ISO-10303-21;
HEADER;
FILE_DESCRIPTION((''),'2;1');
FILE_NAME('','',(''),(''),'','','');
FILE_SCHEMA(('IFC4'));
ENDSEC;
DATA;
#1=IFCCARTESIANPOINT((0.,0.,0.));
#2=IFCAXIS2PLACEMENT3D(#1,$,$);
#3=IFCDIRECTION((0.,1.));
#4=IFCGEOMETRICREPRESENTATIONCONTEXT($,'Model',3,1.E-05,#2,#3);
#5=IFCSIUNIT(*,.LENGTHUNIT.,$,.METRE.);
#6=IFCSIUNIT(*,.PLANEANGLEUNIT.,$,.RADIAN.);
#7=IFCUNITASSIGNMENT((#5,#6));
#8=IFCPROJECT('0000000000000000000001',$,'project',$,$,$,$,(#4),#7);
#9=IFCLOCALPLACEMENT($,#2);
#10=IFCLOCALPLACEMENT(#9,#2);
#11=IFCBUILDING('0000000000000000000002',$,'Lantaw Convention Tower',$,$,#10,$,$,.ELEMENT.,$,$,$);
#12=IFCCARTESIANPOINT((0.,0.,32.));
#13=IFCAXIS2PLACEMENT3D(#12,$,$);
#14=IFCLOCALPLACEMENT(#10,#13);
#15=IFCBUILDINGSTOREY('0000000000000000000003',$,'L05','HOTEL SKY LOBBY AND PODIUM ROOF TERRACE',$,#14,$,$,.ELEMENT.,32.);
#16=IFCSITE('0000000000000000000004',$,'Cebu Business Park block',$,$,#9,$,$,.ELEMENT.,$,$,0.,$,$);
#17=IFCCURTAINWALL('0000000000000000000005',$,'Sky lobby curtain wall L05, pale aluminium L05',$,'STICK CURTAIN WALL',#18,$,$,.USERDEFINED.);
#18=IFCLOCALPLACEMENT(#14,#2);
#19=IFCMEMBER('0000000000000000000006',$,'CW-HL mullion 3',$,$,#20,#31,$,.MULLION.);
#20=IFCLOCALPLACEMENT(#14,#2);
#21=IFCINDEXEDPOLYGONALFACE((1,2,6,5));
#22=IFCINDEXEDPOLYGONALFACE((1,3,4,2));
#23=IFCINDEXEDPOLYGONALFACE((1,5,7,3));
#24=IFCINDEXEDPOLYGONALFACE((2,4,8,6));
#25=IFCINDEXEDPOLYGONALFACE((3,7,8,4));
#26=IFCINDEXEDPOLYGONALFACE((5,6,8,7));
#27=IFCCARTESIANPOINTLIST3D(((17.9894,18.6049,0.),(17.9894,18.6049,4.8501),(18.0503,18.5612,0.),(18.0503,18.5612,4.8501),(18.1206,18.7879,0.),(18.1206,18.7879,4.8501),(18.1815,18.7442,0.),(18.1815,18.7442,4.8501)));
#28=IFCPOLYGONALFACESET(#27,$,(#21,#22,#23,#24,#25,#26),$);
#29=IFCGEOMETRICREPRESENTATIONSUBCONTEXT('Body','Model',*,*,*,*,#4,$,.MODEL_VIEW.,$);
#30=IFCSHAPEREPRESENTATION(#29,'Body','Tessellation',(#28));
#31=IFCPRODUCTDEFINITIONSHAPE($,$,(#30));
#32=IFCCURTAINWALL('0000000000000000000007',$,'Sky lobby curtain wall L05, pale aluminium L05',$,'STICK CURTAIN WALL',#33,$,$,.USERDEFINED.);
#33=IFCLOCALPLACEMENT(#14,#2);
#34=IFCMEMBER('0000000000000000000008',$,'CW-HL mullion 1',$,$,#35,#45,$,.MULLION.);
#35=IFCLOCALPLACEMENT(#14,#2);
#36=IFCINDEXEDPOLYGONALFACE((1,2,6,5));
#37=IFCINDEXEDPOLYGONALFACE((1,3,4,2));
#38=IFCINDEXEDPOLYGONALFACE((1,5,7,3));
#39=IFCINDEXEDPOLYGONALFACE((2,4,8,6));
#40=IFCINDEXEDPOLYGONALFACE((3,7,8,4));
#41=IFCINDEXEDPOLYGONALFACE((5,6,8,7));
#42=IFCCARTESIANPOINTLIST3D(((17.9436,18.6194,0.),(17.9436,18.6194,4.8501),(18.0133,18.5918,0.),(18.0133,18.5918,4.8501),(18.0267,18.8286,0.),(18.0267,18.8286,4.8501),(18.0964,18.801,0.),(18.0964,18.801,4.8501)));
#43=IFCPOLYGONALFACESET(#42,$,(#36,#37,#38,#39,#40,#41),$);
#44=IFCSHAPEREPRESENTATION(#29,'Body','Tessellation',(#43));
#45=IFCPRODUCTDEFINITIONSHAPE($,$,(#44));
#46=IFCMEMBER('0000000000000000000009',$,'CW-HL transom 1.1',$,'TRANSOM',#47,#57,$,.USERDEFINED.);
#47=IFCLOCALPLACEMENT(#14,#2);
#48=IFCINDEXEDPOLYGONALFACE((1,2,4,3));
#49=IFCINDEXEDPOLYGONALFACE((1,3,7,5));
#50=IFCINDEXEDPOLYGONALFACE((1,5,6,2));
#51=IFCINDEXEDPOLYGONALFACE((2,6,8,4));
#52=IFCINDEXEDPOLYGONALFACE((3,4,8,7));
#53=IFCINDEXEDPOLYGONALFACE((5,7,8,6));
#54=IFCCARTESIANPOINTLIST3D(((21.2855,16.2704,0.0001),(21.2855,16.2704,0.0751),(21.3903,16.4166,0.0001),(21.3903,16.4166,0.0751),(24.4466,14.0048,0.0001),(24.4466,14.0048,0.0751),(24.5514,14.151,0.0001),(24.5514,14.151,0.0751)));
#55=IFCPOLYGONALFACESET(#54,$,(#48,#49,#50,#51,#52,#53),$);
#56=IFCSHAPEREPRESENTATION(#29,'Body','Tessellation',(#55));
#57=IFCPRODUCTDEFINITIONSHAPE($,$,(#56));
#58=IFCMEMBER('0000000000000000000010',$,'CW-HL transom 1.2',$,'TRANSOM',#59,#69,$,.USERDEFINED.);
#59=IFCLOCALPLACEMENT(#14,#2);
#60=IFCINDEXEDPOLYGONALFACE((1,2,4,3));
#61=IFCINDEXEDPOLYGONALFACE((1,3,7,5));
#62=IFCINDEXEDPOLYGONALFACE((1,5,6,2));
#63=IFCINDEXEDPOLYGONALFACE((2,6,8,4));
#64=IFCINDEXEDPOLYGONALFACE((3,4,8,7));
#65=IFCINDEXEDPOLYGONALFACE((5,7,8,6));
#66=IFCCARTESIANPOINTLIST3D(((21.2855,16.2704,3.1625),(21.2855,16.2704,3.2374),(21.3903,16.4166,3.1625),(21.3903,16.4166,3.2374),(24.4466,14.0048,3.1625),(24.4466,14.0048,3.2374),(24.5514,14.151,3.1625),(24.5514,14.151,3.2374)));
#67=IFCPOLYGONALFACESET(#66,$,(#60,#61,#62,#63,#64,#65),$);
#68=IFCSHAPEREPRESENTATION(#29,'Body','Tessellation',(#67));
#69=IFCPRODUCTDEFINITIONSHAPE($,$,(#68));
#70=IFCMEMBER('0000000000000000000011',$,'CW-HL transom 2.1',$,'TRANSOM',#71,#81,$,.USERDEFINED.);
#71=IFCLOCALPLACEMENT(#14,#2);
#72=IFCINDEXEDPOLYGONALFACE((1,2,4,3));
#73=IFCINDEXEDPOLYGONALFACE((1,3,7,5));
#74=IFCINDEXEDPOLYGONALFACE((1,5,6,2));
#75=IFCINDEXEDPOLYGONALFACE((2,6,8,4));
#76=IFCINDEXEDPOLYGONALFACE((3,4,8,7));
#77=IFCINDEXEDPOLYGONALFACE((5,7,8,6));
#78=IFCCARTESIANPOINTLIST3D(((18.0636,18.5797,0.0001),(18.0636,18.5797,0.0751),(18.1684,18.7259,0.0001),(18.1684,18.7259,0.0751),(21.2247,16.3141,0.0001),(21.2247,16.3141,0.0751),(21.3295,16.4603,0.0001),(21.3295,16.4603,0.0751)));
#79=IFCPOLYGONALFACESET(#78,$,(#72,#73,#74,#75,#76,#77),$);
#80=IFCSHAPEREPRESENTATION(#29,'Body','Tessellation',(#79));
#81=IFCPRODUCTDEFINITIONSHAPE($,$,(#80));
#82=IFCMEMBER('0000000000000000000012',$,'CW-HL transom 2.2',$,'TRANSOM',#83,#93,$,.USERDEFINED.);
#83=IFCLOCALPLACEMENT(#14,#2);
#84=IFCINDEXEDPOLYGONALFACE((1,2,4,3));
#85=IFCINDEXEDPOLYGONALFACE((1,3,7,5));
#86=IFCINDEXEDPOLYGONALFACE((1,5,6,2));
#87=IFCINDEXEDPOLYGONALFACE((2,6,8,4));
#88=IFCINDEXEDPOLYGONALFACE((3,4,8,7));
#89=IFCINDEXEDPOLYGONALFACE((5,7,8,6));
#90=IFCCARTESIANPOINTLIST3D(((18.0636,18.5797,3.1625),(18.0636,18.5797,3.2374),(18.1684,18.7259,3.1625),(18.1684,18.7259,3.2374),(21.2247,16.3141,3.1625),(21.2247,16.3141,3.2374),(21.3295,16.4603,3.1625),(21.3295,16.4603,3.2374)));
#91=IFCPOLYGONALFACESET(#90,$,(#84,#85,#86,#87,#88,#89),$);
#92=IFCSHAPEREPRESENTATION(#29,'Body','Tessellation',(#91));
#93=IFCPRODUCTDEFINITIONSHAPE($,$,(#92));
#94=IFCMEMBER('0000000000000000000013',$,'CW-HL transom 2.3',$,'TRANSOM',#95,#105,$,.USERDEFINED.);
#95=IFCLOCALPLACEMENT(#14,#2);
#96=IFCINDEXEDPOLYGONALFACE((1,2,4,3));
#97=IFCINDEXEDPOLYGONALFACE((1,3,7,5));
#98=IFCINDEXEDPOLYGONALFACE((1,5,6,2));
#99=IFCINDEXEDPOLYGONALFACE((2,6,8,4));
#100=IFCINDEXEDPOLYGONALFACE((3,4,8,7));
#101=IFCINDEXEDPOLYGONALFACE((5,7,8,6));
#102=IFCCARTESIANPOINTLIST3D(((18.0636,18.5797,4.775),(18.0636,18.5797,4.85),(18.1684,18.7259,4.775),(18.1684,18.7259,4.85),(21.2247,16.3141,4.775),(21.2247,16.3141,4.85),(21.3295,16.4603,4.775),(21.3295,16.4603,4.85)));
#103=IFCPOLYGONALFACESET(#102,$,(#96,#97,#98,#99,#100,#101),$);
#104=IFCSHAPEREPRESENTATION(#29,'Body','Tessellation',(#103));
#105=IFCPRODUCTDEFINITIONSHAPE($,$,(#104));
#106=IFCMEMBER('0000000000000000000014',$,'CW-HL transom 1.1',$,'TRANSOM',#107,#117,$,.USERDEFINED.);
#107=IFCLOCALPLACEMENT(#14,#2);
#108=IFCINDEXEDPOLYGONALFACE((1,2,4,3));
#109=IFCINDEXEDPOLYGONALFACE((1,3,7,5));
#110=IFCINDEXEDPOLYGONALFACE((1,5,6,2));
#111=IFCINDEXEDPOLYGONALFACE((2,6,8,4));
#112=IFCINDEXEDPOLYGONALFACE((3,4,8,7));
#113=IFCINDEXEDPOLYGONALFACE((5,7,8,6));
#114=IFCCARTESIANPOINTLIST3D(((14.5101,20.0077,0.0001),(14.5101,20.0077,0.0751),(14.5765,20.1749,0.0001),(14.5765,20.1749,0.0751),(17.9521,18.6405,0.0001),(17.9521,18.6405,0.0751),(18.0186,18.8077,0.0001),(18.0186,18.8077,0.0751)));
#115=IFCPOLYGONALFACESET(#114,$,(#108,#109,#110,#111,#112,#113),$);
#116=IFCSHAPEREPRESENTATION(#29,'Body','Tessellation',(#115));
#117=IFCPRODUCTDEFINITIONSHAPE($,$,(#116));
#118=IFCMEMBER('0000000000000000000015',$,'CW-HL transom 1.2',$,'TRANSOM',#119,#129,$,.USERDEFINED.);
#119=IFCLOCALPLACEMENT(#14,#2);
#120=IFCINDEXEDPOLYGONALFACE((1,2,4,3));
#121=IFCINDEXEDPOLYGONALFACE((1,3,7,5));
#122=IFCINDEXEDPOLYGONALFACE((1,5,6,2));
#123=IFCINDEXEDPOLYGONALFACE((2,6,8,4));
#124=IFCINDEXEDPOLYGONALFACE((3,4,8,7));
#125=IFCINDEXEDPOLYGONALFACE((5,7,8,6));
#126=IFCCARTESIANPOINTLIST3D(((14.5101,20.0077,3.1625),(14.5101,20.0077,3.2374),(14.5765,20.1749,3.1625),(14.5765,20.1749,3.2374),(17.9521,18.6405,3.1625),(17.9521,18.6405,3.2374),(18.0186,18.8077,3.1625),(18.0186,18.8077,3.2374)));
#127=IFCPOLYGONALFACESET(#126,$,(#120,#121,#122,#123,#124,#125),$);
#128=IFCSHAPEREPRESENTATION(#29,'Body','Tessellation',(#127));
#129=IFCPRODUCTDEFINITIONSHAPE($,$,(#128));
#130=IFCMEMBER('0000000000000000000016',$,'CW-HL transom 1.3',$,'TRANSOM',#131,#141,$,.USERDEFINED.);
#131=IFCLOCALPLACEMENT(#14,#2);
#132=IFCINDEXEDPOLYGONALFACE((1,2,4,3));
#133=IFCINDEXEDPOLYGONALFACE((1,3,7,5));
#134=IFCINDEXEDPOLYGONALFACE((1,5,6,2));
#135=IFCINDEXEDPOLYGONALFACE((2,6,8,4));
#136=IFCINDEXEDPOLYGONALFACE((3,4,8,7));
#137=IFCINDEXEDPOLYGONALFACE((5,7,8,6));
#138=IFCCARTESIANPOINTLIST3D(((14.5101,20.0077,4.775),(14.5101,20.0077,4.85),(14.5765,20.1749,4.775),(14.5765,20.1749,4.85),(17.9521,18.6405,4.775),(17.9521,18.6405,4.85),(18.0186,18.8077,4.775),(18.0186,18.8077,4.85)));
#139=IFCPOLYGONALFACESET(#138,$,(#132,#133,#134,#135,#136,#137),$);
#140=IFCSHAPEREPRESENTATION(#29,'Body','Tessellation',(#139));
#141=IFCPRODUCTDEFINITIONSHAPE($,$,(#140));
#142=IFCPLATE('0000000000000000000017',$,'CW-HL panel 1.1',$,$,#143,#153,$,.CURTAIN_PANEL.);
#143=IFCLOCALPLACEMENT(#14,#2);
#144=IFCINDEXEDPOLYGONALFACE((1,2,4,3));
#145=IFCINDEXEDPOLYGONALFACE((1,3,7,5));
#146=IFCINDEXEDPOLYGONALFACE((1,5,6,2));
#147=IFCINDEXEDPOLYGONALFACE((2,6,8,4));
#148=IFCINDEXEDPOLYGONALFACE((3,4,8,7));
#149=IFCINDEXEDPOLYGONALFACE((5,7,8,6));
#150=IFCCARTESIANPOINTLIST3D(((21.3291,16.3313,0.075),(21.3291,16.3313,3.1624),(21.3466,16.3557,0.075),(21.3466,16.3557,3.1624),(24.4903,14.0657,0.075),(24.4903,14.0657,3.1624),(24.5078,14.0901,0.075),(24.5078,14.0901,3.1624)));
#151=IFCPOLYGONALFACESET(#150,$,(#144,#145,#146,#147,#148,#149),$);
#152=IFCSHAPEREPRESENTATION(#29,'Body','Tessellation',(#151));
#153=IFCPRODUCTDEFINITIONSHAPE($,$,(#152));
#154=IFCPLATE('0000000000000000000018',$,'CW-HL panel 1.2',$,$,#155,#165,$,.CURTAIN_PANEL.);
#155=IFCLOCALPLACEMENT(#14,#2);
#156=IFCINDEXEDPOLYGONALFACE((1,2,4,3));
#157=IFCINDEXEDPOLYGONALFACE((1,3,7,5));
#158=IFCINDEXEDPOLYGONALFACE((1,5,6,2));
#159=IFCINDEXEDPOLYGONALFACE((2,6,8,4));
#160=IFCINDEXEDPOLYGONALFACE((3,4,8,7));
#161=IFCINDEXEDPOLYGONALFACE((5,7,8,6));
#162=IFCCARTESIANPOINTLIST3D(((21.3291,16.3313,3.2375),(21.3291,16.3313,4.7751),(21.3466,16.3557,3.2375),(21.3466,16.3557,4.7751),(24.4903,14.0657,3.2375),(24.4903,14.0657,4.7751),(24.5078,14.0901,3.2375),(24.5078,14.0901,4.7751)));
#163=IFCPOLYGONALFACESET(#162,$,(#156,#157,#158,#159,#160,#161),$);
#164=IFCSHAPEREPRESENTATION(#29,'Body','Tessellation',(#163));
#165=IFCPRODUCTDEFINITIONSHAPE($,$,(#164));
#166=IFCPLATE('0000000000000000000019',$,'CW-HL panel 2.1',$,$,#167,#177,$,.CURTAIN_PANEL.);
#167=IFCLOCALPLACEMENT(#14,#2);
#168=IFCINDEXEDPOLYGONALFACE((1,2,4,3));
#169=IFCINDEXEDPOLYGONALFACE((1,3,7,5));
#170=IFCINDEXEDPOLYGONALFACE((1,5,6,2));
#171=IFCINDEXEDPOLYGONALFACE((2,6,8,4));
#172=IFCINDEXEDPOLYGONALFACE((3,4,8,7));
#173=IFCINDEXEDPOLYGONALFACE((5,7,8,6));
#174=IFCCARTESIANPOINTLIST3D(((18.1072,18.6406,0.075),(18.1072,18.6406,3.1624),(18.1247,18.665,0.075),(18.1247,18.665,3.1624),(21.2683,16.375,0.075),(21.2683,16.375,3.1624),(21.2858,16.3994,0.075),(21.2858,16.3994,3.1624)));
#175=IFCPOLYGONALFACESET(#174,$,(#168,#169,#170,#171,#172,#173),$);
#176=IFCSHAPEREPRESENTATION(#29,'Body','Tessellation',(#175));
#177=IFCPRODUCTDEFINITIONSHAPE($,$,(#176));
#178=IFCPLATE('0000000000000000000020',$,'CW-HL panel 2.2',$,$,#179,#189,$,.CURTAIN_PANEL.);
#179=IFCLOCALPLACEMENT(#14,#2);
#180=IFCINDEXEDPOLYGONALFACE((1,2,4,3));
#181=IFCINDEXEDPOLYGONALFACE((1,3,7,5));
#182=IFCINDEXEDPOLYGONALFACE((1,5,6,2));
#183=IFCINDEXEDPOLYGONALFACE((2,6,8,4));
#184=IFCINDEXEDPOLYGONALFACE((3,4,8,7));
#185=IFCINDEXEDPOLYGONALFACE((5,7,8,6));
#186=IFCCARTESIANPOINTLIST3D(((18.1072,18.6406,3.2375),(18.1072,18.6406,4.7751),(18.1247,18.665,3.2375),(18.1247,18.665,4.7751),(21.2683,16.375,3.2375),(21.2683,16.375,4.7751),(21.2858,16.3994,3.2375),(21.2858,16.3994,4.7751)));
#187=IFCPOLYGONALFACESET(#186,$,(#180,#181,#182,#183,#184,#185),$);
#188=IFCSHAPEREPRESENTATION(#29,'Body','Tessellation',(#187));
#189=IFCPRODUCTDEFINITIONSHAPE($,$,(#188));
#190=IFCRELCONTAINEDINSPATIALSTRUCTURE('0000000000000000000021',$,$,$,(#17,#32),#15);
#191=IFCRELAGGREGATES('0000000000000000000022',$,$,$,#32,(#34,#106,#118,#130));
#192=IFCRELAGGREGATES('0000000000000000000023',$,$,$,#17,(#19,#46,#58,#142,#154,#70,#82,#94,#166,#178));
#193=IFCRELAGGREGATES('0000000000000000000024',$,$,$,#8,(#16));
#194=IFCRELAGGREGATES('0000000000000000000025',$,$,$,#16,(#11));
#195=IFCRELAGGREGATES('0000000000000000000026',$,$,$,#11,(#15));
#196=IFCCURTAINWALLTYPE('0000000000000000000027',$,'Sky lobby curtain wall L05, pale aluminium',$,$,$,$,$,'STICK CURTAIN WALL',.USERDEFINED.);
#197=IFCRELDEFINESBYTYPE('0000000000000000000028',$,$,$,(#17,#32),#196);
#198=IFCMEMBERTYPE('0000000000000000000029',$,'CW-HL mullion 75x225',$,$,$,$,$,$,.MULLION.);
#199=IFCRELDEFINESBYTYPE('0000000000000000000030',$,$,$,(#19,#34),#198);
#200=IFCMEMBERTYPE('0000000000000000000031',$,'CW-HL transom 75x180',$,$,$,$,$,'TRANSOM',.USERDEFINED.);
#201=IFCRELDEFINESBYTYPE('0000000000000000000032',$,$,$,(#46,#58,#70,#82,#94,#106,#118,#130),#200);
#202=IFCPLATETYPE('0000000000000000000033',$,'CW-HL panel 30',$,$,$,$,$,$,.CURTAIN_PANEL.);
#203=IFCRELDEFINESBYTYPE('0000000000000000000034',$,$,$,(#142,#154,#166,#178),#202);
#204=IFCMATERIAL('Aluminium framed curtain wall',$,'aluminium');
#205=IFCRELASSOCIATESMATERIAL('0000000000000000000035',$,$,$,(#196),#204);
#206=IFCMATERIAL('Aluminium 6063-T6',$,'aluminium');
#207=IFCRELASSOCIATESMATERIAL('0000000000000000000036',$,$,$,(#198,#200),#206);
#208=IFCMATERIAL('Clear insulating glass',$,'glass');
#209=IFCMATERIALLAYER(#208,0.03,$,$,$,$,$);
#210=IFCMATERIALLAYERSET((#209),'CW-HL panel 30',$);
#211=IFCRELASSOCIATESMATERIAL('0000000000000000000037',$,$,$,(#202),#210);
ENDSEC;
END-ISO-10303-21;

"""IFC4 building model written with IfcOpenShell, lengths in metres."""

from ifc_helpers import new_model, si_unit, direction, frame, origin, origin_2d, place, context, subcontext, project, spatial, rectangle, extrude, material, layer, layer_set, material_profile, profile_set, type_object, element, aggregate, save


model = new_model("IFC4")

# Units and contexts
model_context = context("Model", 3, precision=1e-05, world=origin(), true_north=direction((0.0, 1.0)))
body_context = subcontext(model_context, "Body", "Model", "MODEL_VIEW")
ifc_project = project(units=[si_unit("LENGTHUNIT", "METRE"), si_unit("PLANEANGLEUNIT", "RADIAN")], contexts=[model_context])

# Site, building, storey
site_placement = place(None, origin())
site = spatial("IfcSite", under=ifc_project, at=site_placement, Name="Cebu Business Park block", CompositionType="ELEMENT", RefElevation=0.0)
building_placement = place(site_placement, origin())
building = spatial("IfcBuilding", under=site, at=building_placement, Name="Lantaw Convention Tower", CompositionType="ELEMENT")
storey_placement = place(building_placement, frame((0.0, 0.0, 32.0)))
storey = spatial("IfcBuildingStorey", under=building, at=storey_placement, Name="L05", Description="HOTEL SKY LOBBY AND PODIUM ROOF TERRACE", CompositionType="ELEMENT", Elevation=32.0)

# Curtain wall, member
ifc_material_1 = material(Name="Aluminium framed curtain wall", Category="aluminium")
curtain_wall_type = type_object("IfcCurtainWallType", Name="Sky lobby curtain wall L05, pale aluminium", ElementType="STICK CURTAIN WALL", PredefinedType="USERDEFINED", material=ifc_material_1)
curtain_wall_1_placement = place(storey_placement, origin())
curtain_wall_1 = element("IfcCurtainWall", 1, at=curtain_wall_1_placement, inside=storey, type_object=curtain_wall_type, Name="Sky lobby curtain wall L05, pale aluminium L05", ObjectType="STICK CURTAIN WALL", PredefinedType="USERDEFINED")
ifc_material_2 = material(Name="Aluminium 6063-T6", Category="aluminium")
ifc_material_profile_1 = material_profile(ifc_material_2, rectangle(XDim=0.2251, YDim=0.075, at=origin_2d()), Name="CW-HL mullion 75x225")
ifc_profile_set_1 = profile_set([ifc_material_profile_1], Name="Aluminium 6063-T6")
member_type_1 = type_object("IfcMemberType", Name="CW-HL mullion 75x225", PredefinedType="MULLION", material=ifc_profile_set_1)
member_1_placement = place(storey_placement, frame((18.0854, 18.6746, 0.0), z_axis=(0.0, 0.0, 1.0), x_axis=(-0.582538, -0.812804, 0.0)))
member_1 = element("IfcMember", 2, at=member_1_placement, type_object=member_type_1, Name="CW-HL mullion 3", PredefinedType="MULLION", context=body_context, shape_type="SweptSolid", body=[
    extrude(rectangle(XDim=0.2251, YDim=0.075, at=origin_2d()), origin(), (0.0, 0.0, 1.0), 4.8501),
])

# Curtain wall, member
curtain_wall_2_placement = place(storey_placement, origin())
curtain_wall_2 = element("IfcCurtainWall", 3, at=curtain_wall_2_placement, inside=storey, type_object=curtain_wall_type, Name="Sky lobby curtain wall L05, pale aluminium L05", ObjectType="STICK CURTAIN WALL", PredefinedType="USERDEFINED")
member_2_placement = place(storey_placement, frame((18.02, 18.7102, 0.0), z_axis=(0.0, 0.0, 1.0), x_axis=(-0.369172, -0.929361, 0.0)))
member_2 = element("IfcMember", 4, at=member_2_placement, type_object=member_type_1, Name="CW-HL mullion 1", PredefinedType="MULLION", context=body_context, shape_type="SweptSolid", body=[
    extrude(rectangle(XDim=0.2251, YDim=0.075, at=origin_2d()), origin(), (0.0, 0.0, 1.0), 4.8501),
])

# Members
ifc_material_profile_2 = material_profile(ifc_material_2, rectangle(XDim=0.1799, YDim=0.075, at=origin_2d()), Name="CW-HL transom 75x180")
ifc_profile_set_2 = profile_set([ifc_material_profile_2], Name="Aluminium 6063-T6")
member_type_2 = type_object("IfcMemberType", Name="CW-HL transom 75x180", ElementType="TRANSOM", PredefinedType="USERDEFINED", material=ifc_profile_set_2)
member_3_placement = place(storey_placement, frame((24.499, 14.0779, 0.0376), z_axis=(-0.812799, 0.582544, 0.0), x_axis=(-0.582544, -0.812799, 0.0)))
member_3 = element("IfcMember", 5, at=member_3_placement, type_object=member_type_2, Name="CW-HL transom 1.1", ObjectType="TRANSOM", PredefinedType="USERDEFINED", context=body_context, shape_type="SweptSolid", body=[
    extrude(rectangle(XDim=0.1799, YDim=0.075, at=origin_2d()), origin(), (0.0, 0.0, 1.0), 3.8892),
])
member_4_placement = place(storey_placement, frame((24.499, 14.0779, 3.2), z_axis=(-0.812799, 0.582544, 0.0), x_axis=(-0.582544, -0.812799, 0.0)))
member_4 = element("IfcMember", 6, at=member_4_placement, type_object=member_type_2, Name="CW-HL transom 1.2", ObjectType="TRANSOM", PredefinedType="USERDEFINED", context=body_context, shape_type="SweptSolid", body=[
    extrude(rectangle(XDim=0.1799, YDim=0.075, at=origin_2d()), origin(), (0.0, 0.0, 1.0), 3.8892),
])
member_5_placement = place(storey_placement, frame((21.2771, 16.3872, 0.0376), z_axis=(-0.812799, 0.582544, 0.0), x_axis=(-0.582544, -0.812799, 0.0)))
member_5 = element("IfcMember", 7, at=member_5_placement, type_object=member_type_2, Name="CW-HL transom 2.1", ObjectType="TRANSOM", PredefinedType="USERDEFINED", context=body_context, shape_type="SweptSolid", body=[
    extrude(rectangle(XDim=0.1799, YDim=0.075, at=origin_2d()), origin(), (0.0, 0.0, 1.0), 3.8892),
])
member_6_placement = place(storey_placement, frame((21.2771, 16.3872, 3.2), z_axis=(-0.812799, 0.582544, 0.0), x_axis=(-0.582544, -0.812799, 0.0)))
member_6 = element("IfcMember", 8, at=member_6_placement, type_object=member_type_2, Name="CW-HL transom 2.2", ObjectType="TRANSOM", PredefinedType="USERDEFINED", context=body_context, shape_type="SweptSolid", body=[
    extrude(rectangle(XDim=0.1799, YDim=0.075, at=origin_2d()), origin(), (0.0, 0.0, 1.0), 3.8892),
])
member_7_placement = place(storey_placement, frame((21.2771, 16.3872, 4.8125), z_axis=(-0.812799, 0.582544, 0.0), x_axis=(-0.582544, -0.812799, 0.0)))
member_7 = element("IfcMember", 9, at=member_7_placement, type_object=member_type_2, Name="CW-HL transom 2.3", ObjectType="TRANSOM", PredefinedType="USERDEFINED", context=body_context, shape_type="SweptSolid", body=[
    extrude(rectangle(XDim=0.1799, YDim=0.075, at=origin_2d()), origin(), (0.0, 0.0, 1.0), 3.8892),
])
member_8_placement = place(storey_placement, frame((17.9854, 18.7241, 0.0376), z_axis=(-0.929374, 0.369139, 0.0), x_axis=(-0.369139, -0.929374, 0.0)))
member_8 = element("IfcMember", 10, at=member_8_placement, type_object=member_type_2, Name="CW-HL transom 1.1", ObjectType="TRANSOM", PredefinedType="USERDEFINED", context=body_context, shape_type="SweptSolid", body=[
    extrude(rectangle(XDim=0.1799, YDim=0.075, at=origin_2d()), origin(), (0.0, 0.0, 1.0), 3.7036),
])
member_9_placement = place(storey_placement, frame((17.9854, 18.7241, 3.2), z_axis=(-0.929374, 0.369139, 0.0), x_axis=(-0.369139, -0.929374, 0.0)))
member_9 = element("IfcMember", 11, at=member_9_placement, type_object=member_type_2, Name="CW-HL transom 1.2", ObjectType="TRANSOM", PredefinedType="USERDEFINED", context=body_context, shape_type="SweptSolid", body=[
    extrude(rectangle(XDim=0.1799, YDim=0.075, at=origin_2d()), origin(), (0.0, 0.0, 1.0), 3.7036),
])
member_10_placement = place(storey_placement, frame((17.9854, 18.7241, 4.8125), z_axis=(-0.929374, 0.369139, 0.0), x_axis=(-0.369139, -0.929374, 0.0)))
member_10 = element("IfcMember", 12, at=member_10_placement, type_object=member_type_2, Name="CW-HL transom 1.3", ObjectType="TRANSOM", PredefinedType="USERDEFINED", context=body_context, shape_type="SweptSolid", body=[
    extrude(rectangle(XDim=0.1799, YDim=0.075, at=origin_2d()), origin(), (0.0, 0.0, 1.0), 3.7036),
])
aggregate(curtain_wall_2, [member_2, member_8, member_9, member_10])

# Plates
ifc_material_3 = material(Name="Clear insulating glass", Category="glass")
ifc_layer_1 = layer(ifc_material_3, 0.03)
ifc_layer_set_1 = layer_set([ifc_layer_1], Name="CW-HL panel 30")
plate_type = type_object("IfcPlateType", Name="CW-HL panel 30", PredefinedType="CURTAIN_PANEL", material=ifc_layer_set_1)
plate_1_placement = place(storey_placement, frame((22.9185, 15.2107, 0.075), z_axis=(0.0, 0.0, 1.0), x_axis=(-0.812804, 0.582538, 0.0)))
plate_1 = element("IfcPlate", 13, at=plate_1_placement, type_object=plate_type, Name="CW-HL panel 1.1", PredefinedType="CURTAIN_PANEL", context=body_context, shape_type="SweptSolid", body=[
    extrude(rectangle(XDim=3.8892, YDim=0.03, at=origin_2d()), origin(), (0.0, 0.0, 1.0), 3.0874),
])
plate_2_placement = place(storey_placement, frame((22.9185, 15.2107, 3.2375), z_axis=(0.0, 0.0, 1.0), x_axis=(-0.812804, 0.582538, 0.0)))
plate_2 = element("IfcPlate", 14, at=plate_2_placement, type_object=plate_type, Name="CW-HL panel 1.2", PredefinedType="CURTAIN_PANEL", context=body_context, shape_type="SweptSolid", body=[
    extrude(rectangle(XDim=3.8892, YDim=0.03, at=origin_2d()), origin(), (0.0, 0.0, 1.0), 1.5376),
])
plate_3_placement = place(storey_placement, frame((19.6965, 17.52, 0.075), z_axis=(0.0, 0.0, 1.0), x_axis=(-0.812804, 0.582538, 0.0)))
plate_3 = element("IfcPlate", 15, at=plate_3_placement, type_object=plate_type, Name="CW-HL panel 2.1", PredefinedType="CURTAIN_PANEL", context=body_context, shape_type="SweptSolid", body=[
    extrude(rectangle(XDim=3.8892, YDim=0.03, at=origin_2d()), origin(), (0.0, 0.0, 1.0), 3.0874),
])
plate_4_placement = place(storey_placement, frame((19.6965, 17.52, 3.2375), z_axis=(0.0, 0.0, 1.0), x_axis=(-0.812804, 0.582538, 0.0)))
plate_4 = element("IfcPlate", 16, at=plate_4_placement, type_object=plate_type, Name="CW-HL panel 2.2", PredefinedType="CURTAIN_PANEL", context=body_context, shape_type="SweptSolid", body=[
    extrude(rectangle(XDim=3.8892, YDim=0.03, at=origin_2d()), origin(), (0.0, 0.0, 1.0), 1.5376),
])
aggregate(curtain_wall_1, [member_1, member_3, member_4, plate_1, plate_2, member_5, member_6, member_7, plate_3, plate_4])

save(model, "model.ifc")
